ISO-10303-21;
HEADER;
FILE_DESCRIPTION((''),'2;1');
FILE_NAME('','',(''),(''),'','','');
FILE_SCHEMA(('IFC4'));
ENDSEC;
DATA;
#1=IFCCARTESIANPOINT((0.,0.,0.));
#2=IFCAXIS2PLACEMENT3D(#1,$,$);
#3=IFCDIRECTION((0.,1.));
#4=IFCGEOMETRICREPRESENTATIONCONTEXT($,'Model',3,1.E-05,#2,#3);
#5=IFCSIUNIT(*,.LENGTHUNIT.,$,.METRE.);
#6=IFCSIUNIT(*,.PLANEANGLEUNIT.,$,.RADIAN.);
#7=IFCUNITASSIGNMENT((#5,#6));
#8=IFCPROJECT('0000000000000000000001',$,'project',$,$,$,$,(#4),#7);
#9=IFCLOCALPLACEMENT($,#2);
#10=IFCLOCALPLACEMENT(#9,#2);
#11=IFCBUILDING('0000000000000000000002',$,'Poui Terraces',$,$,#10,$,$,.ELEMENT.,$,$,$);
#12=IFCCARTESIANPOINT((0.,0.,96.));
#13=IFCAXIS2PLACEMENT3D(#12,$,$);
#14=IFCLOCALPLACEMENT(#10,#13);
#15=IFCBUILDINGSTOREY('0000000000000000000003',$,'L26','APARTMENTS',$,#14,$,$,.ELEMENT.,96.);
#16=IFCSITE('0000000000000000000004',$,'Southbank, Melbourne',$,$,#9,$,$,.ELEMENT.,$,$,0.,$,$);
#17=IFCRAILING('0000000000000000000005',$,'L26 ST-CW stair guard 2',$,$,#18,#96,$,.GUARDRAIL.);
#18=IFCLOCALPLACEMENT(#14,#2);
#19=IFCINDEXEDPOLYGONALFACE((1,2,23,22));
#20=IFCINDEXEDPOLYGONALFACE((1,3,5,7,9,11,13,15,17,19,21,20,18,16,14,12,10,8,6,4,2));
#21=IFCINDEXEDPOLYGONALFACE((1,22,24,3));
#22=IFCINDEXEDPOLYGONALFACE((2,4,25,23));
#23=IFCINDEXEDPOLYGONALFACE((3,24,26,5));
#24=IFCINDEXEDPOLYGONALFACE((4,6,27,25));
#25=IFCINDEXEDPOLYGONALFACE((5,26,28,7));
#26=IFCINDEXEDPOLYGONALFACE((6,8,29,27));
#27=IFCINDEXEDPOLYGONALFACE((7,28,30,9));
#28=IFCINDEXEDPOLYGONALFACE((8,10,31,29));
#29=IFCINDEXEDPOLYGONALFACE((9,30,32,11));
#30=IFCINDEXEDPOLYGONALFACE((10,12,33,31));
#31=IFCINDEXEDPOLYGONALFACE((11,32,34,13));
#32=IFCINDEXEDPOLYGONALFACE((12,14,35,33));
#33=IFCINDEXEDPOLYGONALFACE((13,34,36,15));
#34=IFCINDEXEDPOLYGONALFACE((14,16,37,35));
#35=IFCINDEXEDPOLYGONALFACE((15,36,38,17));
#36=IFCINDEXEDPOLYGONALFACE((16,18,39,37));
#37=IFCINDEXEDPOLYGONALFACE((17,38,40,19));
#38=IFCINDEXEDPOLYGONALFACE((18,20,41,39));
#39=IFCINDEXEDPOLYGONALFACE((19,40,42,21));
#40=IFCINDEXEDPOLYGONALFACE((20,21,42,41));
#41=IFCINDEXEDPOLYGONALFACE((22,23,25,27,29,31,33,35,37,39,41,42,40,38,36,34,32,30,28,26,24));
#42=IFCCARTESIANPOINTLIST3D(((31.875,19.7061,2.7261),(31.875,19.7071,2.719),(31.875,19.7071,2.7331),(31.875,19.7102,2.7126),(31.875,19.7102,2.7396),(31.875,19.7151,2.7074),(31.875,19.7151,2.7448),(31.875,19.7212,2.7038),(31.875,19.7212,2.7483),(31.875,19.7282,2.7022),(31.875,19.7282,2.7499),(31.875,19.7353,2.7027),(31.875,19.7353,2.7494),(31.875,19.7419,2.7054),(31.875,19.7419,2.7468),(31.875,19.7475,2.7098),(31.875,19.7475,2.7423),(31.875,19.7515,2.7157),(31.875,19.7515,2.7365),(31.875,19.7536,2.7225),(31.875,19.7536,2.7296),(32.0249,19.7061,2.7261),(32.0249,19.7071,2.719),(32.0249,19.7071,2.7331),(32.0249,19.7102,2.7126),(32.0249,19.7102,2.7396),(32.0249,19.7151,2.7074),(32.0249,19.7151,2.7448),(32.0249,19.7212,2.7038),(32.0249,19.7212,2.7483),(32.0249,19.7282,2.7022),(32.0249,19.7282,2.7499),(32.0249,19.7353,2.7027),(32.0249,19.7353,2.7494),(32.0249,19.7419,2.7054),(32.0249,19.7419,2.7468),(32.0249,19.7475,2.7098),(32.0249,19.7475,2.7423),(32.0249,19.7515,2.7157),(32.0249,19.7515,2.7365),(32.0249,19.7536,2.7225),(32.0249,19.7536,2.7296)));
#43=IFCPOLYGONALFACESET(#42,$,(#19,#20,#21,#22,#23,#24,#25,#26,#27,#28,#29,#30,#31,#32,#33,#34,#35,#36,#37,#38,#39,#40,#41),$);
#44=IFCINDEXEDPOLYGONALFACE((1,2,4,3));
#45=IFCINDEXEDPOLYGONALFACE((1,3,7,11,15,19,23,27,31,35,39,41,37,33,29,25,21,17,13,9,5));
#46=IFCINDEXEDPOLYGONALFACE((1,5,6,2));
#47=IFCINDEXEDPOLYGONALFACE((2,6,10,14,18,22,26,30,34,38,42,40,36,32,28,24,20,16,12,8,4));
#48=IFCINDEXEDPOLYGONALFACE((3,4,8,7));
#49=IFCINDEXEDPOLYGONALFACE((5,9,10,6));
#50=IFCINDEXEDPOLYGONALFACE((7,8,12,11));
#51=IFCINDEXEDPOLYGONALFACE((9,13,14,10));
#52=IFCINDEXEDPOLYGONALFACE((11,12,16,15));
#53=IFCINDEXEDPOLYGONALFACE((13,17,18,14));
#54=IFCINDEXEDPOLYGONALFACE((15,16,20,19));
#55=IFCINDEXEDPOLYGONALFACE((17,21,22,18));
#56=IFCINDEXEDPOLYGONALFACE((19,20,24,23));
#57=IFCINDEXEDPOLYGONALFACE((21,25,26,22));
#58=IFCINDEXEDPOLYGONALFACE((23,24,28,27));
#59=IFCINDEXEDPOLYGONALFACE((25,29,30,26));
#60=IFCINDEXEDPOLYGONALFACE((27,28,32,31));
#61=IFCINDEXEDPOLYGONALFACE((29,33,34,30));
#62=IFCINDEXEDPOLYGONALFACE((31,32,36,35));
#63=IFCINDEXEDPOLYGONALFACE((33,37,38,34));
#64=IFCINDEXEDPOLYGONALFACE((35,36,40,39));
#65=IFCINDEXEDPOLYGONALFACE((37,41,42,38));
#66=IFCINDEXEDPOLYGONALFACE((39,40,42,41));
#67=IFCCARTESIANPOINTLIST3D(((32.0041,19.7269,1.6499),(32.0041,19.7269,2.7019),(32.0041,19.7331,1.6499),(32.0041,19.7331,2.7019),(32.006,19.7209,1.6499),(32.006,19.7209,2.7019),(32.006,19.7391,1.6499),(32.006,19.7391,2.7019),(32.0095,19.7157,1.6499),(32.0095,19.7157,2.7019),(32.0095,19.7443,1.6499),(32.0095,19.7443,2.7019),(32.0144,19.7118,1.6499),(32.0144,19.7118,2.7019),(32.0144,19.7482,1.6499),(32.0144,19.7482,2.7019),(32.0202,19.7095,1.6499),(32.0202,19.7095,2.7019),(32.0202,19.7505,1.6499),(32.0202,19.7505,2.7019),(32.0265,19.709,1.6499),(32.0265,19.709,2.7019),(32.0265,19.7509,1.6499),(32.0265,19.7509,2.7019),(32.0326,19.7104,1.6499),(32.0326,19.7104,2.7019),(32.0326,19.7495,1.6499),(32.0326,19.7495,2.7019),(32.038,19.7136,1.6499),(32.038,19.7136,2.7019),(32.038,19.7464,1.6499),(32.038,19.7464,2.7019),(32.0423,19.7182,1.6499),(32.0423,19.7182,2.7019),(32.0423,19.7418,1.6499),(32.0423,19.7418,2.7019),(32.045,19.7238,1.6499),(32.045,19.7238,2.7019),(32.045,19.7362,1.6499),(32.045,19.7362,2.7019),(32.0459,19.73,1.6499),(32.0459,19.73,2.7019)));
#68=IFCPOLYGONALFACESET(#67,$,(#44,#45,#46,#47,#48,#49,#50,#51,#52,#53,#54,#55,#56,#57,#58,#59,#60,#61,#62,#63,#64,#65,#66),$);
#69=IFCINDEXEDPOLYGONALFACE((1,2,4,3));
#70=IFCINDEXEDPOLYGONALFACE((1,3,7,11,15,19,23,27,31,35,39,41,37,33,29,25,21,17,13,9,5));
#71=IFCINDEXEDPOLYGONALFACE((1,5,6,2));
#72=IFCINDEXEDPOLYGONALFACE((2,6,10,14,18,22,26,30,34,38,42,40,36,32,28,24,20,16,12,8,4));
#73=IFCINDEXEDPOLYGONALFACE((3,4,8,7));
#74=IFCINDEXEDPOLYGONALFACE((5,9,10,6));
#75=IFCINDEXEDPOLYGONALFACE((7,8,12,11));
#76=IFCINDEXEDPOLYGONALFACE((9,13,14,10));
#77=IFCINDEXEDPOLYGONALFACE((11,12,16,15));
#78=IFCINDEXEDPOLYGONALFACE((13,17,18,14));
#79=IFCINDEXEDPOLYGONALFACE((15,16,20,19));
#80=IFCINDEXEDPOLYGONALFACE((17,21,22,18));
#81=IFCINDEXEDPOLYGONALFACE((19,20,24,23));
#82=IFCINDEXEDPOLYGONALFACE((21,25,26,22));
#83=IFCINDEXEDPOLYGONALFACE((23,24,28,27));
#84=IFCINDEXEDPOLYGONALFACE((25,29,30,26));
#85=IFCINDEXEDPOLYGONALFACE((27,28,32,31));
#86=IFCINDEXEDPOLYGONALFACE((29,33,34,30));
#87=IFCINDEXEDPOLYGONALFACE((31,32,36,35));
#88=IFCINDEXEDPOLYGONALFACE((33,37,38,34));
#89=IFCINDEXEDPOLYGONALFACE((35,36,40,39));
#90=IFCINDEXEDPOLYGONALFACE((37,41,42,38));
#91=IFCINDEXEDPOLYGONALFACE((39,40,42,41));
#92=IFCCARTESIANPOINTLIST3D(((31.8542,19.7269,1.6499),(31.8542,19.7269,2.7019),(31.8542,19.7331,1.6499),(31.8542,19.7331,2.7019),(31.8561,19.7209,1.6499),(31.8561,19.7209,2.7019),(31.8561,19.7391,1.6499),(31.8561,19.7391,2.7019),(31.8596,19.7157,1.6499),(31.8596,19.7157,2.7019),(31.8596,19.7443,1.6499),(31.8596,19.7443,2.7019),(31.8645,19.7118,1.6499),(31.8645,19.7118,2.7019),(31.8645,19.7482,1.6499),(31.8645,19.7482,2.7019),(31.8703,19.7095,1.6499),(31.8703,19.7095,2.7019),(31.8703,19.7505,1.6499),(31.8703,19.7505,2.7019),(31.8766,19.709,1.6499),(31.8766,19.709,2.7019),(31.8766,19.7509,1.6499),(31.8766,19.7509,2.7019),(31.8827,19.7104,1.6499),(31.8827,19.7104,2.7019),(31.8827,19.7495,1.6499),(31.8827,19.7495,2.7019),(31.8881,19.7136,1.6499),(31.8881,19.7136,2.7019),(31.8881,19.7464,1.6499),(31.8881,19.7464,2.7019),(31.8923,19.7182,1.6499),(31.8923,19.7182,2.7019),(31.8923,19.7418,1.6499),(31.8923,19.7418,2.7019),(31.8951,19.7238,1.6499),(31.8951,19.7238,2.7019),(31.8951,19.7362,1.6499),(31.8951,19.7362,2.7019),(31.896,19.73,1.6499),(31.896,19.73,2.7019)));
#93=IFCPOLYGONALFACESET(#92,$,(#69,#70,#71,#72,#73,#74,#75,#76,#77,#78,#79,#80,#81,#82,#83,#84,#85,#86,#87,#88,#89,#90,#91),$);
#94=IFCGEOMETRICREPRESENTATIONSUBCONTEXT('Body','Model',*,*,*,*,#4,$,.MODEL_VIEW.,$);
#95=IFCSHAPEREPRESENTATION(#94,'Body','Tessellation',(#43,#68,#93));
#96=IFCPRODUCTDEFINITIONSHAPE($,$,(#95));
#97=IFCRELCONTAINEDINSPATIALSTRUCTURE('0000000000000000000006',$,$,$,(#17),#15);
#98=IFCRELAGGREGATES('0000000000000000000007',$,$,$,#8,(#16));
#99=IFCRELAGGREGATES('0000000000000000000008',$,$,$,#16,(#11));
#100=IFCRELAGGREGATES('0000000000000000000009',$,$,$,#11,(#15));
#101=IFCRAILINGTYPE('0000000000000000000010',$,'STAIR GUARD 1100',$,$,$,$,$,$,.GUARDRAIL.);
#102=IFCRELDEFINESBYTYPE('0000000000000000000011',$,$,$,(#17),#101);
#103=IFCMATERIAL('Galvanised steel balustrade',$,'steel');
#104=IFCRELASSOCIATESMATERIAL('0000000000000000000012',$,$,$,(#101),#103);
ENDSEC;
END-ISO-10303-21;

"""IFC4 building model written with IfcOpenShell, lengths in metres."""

from ifc_helpers import new_model, si_unit, direction, frame, origin, origin_2d, place, context, subcontext, project, spatial, circle, extrude, material, type_object, element, save


model = new_model("IFC4")

# Units and contexts
model_context = context("Model", 3, precision=1e-05, world=origin(), true_north=direction((0.0, 1.0)))
body_context = subcontext(model_context, "Body", "Model", "MODEL_VIEW")
ifc_project = project(units=[si_unit("LENGTHUNIT", "METRE"), si_unit("PLANEANGLEUNIT", "RADIAN")], contexts=[model_context])

# Site, building, storey
site_placement = place(None, origin())
site = spatial("IfcSite", under=ifc_project, at=site_placement, Name="Southbank, Melbourne", CompositionType="ELEMENT", RefElevation=0.0)
building_placement = place(site_placement, origin())
building = spatial("IfcBuilding", under=site, at=building_placement, Name="Poui Terraces", CompositionType="ELEMENT")
storey_placement = place(building_placement, frame((0.0, 0.0, 96.0)))
storey = spatial("IfcBuildingStorey", under=building, at=storey_placement, Name="L26", Description="APARTMENTS", CompositionType="ELEMENT", Elevation=96.0)

# Railing
ifc_material_1 = material(Name="Galvanised steel balustrade", Category="steel")
railing_type_1 = type_object("IfcRailingType", Name="STAIR GUARD 1100", PredefinedType="GUARDRAIL", material=ifc_material_1)
railing_1_placement = place(storey_placement, frame((32.0249, 19.73, 1.6499)))
element("IfcRailing", 1, at=railing_1_placement, inside=storey, type_object=railing_type_1, Name="L26 ST-CW stair guard 2", PredefinedType="GUARDRAIL", context=body_context, shape_type="SweptSolid", body=[
    extrude(circle(Radius=0.0239, at=origin_2d()), frame((0.0, 0.0, 1.0762), z_axis=(-1.0, 0.0, 0.0), x_axis=(0.0, -1.0, 0.0)), (0.0, 0.0, 1.0), 0.1499),
    extrude(circle(Radius=0.021, at=origin_2d()), origin(), (0.0, 0.0, 1.0), 1.052),
    extrude(circle(Radius=0.021, at=origin_2d()), frame((-0.1499, 0.0, 0.0)), (0.0, 0.0, 1.0), 1.052),
])

save(model, "model.ifc")
